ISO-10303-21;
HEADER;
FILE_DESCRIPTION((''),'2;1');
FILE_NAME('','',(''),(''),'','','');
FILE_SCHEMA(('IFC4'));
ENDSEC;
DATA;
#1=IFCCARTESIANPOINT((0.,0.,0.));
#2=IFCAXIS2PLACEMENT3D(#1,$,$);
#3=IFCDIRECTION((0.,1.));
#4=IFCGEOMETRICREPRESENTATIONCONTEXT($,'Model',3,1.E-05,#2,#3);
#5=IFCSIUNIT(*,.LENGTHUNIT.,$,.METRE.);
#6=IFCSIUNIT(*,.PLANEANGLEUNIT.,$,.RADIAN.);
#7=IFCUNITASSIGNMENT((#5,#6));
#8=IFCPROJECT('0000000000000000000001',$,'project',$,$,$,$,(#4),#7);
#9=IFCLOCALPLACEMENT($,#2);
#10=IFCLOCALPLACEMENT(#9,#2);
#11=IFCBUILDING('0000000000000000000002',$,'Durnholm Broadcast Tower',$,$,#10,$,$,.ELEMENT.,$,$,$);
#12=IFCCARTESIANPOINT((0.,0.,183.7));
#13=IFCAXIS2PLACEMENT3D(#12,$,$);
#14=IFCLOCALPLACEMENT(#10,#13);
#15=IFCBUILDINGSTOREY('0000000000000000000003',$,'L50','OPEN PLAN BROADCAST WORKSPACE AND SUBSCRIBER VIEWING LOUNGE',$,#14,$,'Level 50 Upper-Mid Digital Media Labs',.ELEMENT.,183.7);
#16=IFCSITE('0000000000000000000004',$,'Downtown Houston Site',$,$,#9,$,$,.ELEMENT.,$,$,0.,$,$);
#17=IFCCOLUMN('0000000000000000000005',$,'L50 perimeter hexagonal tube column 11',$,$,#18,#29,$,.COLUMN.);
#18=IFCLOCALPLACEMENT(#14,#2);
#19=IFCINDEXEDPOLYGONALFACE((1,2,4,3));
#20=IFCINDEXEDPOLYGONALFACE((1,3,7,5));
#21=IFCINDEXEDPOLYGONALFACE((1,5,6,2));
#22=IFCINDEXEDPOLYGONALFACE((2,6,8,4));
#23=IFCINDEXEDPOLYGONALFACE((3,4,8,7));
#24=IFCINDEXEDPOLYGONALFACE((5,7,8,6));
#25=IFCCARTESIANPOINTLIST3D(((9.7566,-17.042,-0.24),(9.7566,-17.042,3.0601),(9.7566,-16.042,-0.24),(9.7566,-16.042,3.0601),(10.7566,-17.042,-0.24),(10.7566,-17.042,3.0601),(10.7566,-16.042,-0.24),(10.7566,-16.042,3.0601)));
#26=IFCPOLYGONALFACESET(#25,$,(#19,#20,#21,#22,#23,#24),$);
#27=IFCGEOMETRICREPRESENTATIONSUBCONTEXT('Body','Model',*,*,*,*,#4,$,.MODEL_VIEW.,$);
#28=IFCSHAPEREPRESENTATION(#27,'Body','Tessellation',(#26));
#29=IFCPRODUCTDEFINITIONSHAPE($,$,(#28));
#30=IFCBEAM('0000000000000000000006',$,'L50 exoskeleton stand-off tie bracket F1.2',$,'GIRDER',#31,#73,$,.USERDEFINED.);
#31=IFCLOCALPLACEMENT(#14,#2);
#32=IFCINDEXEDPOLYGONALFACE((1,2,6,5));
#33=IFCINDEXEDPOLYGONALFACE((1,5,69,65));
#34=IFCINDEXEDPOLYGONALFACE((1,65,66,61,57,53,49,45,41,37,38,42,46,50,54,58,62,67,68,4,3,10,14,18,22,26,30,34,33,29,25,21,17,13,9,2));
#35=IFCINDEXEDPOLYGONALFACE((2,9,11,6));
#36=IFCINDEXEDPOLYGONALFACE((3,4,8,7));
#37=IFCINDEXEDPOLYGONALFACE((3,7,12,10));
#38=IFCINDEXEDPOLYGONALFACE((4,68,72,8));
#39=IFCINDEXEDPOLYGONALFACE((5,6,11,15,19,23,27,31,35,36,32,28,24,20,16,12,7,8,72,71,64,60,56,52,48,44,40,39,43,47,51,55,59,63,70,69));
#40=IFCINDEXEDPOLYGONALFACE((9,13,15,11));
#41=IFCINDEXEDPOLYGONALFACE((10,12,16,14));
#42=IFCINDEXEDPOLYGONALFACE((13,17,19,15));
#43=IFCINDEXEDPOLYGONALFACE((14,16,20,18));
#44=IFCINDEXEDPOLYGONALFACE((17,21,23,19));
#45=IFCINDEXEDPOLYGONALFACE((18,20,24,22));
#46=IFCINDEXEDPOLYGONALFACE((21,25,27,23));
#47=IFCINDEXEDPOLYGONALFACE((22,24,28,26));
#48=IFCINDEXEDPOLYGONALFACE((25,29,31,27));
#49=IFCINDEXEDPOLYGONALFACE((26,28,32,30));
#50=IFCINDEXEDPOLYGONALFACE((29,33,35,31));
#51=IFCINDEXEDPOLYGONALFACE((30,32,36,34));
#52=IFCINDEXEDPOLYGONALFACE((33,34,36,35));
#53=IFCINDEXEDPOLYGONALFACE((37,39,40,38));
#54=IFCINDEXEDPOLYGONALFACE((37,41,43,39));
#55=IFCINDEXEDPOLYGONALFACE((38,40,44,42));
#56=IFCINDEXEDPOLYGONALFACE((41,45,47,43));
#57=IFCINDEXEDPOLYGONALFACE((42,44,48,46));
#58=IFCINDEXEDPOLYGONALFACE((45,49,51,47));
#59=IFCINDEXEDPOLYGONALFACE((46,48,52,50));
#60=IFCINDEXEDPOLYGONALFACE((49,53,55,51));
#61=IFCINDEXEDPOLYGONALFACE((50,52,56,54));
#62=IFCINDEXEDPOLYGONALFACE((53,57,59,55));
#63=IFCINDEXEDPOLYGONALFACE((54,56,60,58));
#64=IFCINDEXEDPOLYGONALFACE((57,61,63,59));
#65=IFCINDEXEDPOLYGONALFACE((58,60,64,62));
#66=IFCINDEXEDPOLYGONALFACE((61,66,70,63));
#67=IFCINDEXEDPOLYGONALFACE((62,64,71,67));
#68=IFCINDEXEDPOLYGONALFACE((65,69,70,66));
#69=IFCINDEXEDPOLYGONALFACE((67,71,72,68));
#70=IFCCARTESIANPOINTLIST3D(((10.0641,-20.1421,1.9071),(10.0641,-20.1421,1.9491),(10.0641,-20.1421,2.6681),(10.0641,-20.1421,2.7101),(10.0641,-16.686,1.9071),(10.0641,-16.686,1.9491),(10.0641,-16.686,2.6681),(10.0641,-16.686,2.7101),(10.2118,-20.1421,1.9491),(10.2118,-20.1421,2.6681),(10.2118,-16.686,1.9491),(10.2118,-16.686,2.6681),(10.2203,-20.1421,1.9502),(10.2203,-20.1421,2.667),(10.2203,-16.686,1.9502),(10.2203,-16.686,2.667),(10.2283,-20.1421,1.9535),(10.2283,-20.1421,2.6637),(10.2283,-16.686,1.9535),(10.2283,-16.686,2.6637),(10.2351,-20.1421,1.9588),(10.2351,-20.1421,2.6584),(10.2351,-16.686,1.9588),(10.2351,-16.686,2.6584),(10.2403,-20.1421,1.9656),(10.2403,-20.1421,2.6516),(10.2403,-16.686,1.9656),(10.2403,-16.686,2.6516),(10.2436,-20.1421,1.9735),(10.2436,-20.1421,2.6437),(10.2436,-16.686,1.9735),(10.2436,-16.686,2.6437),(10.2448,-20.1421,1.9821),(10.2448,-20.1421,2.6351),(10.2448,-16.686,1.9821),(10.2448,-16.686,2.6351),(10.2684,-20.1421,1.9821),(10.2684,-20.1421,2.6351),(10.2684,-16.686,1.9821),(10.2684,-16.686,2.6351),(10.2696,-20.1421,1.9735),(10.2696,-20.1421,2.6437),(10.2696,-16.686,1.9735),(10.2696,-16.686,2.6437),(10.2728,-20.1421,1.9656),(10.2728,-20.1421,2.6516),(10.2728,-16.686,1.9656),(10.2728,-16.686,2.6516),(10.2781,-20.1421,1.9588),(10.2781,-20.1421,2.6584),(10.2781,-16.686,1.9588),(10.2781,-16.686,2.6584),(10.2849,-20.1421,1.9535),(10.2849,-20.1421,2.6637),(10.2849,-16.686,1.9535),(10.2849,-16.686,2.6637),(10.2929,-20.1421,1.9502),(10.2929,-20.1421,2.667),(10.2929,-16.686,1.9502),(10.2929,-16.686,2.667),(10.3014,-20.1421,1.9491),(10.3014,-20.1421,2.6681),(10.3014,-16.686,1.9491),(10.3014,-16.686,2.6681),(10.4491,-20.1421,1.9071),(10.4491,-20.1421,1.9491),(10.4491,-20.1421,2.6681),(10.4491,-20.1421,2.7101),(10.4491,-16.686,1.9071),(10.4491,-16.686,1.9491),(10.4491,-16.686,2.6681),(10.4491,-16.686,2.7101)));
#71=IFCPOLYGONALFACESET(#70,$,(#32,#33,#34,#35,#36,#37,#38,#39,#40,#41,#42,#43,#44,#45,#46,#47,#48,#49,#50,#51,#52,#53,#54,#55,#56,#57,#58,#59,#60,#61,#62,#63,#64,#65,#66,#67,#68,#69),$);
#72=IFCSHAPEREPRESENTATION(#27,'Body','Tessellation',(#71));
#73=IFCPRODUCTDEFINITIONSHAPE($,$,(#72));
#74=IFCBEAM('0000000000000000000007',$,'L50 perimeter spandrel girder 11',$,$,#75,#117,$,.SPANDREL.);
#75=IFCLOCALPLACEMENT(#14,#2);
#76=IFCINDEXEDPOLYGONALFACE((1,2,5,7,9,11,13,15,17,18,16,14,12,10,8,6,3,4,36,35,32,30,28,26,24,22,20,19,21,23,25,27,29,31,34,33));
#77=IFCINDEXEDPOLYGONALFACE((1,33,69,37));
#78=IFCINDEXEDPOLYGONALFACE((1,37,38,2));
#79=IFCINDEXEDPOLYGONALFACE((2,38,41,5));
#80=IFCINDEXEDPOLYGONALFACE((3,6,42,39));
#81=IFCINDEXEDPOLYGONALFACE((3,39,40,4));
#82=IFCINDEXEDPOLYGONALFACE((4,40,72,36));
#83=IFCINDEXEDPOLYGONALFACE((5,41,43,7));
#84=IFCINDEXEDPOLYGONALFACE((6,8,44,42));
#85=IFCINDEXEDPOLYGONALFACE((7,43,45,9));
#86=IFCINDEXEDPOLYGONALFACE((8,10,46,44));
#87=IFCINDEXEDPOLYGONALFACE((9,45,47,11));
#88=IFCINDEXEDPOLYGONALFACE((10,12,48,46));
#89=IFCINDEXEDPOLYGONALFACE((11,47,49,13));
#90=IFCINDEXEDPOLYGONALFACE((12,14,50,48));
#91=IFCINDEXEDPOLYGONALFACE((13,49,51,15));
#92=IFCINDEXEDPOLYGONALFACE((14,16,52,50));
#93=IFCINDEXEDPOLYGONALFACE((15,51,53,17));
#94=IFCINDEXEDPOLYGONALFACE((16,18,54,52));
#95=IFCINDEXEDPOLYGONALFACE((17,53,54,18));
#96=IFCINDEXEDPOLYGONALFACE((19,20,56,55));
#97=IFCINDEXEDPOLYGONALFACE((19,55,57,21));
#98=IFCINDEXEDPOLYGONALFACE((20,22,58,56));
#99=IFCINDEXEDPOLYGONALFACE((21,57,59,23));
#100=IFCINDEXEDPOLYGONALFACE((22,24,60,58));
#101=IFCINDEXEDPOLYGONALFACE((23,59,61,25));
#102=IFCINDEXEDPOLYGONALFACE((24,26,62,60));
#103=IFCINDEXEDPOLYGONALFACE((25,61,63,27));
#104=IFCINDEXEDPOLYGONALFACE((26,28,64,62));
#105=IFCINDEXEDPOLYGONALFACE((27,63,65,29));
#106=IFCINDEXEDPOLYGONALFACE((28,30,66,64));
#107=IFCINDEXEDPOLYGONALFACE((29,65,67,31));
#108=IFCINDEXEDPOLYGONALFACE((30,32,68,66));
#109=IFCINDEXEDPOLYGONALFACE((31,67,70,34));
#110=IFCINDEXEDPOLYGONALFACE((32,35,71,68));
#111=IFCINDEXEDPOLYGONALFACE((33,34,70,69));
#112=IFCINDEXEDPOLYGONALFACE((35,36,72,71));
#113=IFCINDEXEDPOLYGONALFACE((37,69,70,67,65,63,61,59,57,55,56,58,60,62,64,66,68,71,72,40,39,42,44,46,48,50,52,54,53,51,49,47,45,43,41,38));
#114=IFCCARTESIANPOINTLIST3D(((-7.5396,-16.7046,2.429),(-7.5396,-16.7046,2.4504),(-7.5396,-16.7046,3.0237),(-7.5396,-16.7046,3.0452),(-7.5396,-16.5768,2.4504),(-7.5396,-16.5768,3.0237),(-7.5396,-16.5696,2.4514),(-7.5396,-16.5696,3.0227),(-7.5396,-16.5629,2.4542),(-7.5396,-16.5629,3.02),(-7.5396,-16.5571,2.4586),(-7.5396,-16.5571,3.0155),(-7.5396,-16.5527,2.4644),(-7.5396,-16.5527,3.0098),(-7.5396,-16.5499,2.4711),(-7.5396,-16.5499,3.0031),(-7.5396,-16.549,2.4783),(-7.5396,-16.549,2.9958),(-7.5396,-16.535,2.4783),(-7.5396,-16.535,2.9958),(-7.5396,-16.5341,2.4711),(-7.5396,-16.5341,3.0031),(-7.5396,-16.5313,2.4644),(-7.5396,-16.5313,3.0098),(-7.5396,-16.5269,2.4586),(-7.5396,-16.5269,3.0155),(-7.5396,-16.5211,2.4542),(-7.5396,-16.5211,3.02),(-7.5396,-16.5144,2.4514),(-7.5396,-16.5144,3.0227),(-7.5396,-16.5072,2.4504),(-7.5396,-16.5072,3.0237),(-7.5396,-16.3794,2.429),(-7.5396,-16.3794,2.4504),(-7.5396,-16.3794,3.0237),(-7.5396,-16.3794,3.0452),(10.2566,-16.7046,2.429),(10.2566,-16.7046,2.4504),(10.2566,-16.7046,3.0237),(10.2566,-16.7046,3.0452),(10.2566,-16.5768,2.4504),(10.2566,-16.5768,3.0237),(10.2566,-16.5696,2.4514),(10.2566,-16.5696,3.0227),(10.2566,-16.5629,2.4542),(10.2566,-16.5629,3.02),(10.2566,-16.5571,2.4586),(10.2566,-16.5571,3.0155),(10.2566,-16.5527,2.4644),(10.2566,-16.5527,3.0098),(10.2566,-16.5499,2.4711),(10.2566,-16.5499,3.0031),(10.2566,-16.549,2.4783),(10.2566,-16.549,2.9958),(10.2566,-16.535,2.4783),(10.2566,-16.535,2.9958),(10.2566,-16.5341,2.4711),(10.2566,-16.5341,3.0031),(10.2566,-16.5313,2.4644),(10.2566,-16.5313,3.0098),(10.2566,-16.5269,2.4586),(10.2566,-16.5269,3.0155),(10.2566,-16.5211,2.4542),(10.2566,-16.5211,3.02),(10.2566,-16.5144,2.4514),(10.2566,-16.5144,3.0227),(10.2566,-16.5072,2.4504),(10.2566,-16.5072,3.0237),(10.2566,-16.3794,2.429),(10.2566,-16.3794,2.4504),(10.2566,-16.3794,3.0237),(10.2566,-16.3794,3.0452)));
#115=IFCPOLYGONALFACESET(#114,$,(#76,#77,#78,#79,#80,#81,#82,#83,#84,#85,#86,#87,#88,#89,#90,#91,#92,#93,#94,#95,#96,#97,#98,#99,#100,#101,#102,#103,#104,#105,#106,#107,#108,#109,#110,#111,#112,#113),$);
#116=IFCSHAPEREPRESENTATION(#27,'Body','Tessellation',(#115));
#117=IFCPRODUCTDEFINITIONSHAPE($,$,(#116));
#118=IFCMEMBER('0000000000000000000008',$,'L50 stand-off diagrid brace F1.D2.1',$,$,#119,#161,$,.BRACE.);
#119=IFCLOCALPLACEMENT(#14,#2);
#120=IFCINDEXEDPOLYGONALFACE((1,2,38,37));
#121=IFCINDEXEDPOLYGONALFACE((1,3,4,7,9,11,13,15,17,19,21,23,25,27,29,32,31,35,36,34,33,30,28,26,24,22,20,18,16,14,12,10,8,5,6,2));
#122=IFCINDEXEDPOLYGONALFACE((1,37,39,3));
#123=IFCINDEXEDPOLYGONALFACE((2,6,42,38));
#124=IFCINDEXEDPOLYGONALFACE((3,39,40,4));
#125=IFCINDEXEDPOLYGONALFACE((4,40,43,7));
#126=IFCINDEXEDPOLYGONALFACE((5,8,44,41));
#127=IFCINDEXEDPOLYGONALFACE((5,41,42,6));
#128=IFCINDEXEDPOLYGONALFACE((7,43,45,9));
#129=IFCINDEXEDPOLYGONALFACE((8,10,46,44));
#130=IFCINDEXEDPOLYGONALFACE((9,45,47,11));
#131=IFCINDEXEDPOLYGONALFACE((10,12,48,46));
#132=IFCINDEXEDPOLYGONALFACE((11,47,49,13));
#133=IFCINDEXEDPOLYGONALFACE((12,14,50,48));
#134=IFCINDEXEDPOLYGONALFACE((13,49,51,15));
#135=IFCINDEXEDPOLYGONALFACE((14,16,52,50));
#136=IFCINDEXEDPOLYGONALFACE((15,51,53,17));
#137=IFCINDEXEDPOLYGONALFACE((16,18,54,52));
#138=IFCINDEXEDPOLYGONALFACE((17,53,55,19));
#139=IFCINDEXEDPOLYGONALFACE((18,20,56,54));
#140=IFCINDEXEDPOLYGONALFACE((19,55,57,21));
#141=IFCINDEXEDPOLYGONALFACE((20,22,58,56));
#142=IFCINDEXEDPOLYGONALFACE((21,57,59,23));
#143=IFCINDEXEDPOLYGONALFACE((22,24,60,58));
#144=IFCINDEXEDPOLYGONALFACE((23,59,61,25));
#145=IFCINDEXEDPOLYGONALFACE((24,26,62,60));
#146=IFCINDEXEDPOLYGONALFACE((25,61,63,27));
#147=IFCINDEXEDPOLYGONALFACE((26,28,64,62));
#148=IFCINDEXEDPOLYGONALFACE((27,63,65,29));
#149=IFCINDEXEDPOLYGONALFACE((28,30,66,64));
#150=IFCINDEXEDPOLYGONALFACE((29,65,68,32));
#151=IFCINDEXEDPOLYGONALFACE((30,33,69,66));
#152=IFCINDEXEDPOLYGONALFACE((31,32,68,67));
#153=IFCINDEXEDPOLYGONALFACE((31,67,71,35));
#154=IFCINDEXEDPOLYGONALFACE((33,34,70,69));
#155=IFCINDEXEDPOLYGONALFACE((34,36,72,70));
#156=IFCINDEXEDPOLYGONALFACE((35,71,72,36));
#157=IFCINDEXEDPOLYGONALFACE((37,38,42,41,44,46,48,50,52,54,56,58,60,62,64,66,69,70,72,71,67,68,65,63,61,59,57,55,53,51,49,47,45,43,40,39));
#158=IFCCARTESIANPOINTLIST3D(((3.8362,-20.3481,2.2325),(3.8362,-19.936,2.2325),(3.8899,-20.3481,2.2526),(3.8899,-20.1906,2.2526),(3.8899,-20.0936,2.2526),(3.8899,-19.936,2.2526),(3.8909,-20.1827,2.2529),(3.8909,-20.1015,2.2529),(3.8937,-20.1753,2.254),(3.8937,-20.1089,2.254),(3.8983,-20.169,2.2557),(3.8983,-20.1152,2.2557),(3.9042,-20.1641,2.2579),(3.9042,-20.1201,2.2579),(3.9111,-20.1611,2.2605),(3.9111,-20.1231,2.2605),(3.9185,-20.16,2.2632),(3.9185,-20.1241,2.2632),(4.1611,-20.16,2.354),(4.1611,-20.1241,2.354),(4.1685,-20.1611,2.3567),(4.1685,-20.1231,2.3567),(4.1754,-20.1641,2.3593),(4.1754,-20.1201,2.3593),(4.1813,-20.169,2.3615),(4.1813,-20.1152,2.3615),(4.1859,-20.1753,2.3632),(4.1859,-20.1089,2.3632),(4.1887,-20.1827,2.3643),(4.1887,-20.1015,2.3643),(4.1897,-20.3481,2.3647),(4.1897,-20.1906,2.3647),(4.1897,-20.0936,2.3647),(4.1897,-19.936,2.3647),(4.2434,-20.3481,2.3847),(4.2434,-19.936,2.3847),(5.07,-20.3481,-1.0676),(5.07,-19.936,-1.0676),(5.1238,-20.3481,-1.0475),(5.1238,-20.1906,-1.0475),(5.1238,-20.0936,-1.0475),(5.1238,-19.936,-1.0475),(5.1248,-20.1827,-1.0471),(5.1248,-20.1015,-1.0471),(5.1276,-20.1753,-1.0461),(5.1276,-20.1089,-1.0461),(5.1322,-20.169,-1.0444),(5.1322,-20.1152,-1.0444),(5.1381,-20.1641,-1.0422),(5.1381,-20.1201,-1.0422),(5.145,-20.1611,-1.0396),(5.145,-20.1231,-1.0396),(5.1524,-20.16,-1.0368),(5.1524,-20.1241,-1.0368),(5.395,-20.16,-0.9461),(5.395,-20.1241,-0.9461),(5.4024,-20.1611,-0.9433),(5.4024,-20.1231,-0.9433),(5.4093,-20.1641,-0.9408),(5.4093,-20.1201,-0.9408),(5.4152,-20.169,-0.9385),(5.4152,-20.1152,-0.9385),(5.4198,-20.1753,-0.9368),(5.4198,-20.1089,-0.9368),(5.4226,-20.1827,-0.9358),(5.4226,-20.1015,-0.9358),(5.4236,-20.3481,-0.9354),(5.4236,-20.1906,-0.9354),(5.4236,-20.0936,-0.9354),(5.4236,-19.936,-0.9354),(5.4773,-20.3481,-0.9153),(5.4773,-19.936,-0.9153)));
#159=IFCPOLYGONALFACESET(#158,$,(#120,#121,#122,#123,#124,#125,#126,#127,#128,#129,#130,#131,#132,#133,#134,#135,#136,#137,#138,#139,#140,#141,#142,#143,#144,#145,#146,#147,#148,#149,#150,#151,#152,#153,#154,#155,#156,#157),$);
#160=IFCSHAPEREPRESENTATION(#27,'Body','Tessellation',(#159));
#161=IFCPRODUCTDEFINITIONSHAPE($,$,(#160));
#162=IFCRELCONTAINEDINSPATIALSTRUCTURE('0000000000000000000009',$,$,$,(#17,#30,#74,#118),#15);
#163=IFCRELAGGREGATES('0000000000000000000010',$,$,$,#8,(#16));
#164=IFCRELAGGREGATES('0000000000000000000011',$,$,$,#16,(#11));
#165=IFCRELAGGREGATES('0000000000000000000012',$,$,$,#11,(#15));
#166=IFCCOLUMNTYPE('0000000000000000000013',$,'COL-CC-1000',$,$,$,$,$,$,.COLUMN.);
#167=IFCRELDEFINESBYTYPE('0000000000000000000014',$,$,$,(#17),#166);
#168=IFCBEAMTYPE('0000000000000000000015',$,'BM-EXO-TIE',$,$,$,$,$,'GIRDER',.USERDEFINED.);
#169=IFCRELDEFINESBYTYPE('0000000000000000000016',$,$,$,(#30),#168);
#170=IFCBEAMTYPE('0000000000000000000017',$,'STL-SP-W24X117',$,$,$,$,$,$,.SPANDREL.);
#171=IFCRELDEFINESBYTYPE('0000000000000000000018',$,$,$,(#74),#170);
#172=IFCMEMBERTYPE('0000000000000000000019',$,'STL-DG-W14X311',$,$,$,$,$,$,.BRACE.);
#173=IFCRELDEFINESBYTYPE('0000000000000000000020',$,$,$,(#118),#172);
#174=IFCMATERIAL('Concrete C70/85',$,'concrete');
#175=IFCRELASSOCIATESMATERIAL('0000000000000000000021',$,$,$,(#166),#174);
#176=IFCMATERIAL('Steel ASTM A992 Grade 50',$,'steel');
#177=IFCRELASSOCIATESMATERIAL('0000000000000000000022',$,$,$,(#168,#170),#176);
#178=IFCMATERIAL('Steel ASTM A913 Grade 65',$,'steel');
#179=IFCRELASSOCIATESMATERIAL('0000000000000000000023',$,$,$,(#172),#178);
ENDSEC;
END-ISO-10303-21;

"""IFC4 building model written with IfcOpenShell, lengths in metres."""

from ifc_helpers import new_model, si_unit, direction, frame, origin, origin_2d, place, context, subcontext, project, spatial, rectangle, i_section, extrude, source, transform, mapped, material, material_profile, profile_set, type_object, type_shapes, element, save


model = new_model("IFC4")

# Units and contexts
model_context = context("Model", 3, precision=1e-05, world=origin(), true_north=direction((0.0, 1.0)))
body_context = subcontext(model_context, "Body", "Model", "MODEL_VIEW")
ifc_project = project(units=[si_unit("LENGTHUNIT", "METRE"), si_unit("PLANEANGLEUNIT", "RADIAN")], contexts=[model_context])

# Site, building, storey
site_placement = place(None, origin())
site = spatial("IfcSite", under=ifc_project, at=site_placement, Name="Downtown Houston Site", CompositionType="ELEMENT", RefElevation=0.0)
building_placement = place(site_placement, origin())
building = spatial("IfcBuilding", under=site, at=building_placement, Name="Durnholm Broadcast Tower", CompositionType="ELEMENT")
storey_placement = place(building_placement, frame((0.0, 0.0, 183.7)))
storey = spatial("IfcBuildingStorey", under=building, at=storey_placement, Name="L50", Description="OPEN PLAN BROADCAST WORKSPACE AND SUBSCRIBER VIEWING LOUNGE", LongName="Level 50 Upper-Mid Digital Media Labs", CompositionType="ELEMENT", Elevation=183.7)

# Column
ifc_material_1 = material(Name="Concrete C70/85", Category="concrete")
ifc_material_profile_1 = material_profile(ifc_material_1, rectangle(XDim=1.0, YDim=1.0, at=origin_2d()), Name="RC1000X1000")
ifc_profile_set_1 = profile_set([ifc_material_profile_1], Name="Concrete C70/85")
column_type = type_object("IfcColumnType", Name="COL-CC-1000", PredefinedType="COLUMN", material=ifc_profile_set_1)
shared_shape_1 = source(origin(), body_context, "Body", "SweptSolid", [
    extrude(rectangle(XDim=1.0, YDim=1.0, at=origin_2d()), origin(), (0.0, 0.0, 1.0), 3.3),
])
type_shapes(column_type, [shared_shape_1])
column_placement = place(storey_placement, frame((10.2566, -16.542, -0.24), z_axis=(0.0, 0.0, 1.0), x_axis=(1.0, 0.0, 0.0)))
element("IfcColumn", 1, at=column_placement, inside=storey, type_object=column_type, Name="L50 perimeter hexagonal tube column 11", PredefinedType="COLUMN", context=body_context, shape_type="MappedRepresentation", body=[
    mapped(shared_shape_1, transform((0.0, 0.0, 0.0), x_axis=(1.0, 0.0, 0.0), y_axis=(0.0, 1.0, 0.0), z_axis=(0.0, 0.0, 1.0), scale=1.0)),
])

# Beams
ifc_material_2 = material(Name="Steel ASTM A992 Grade 50", Category="steel")
ifc_material_profile_2 = material_profile(ifc_material_2, i_section(OverallWidth=0.385, OverallDepth=0.803, WebThickness=0.0237, FlangeThickness=0.042, FilletRadius=0.033, at=origin_2d()), Name="W30X261")
ifc_profile_set_2 = profile_set([ifc_material_profile_2], Name="Steel ASTM A992 Grade 50")
beam_type_1 = type_object("IfcBeamType", Name="BM-EXO-TIE", ElementType="GIRDER", PredefinedType="USERDEFINED", material=ifc_profile_set_2)
shared_shape_2 = source(origin(), body_context, "Body", "SweptSolid", [
    extrude(i_section(OverallWidth=0.385, OverallDepth=0.803, WebThickness=0.0237, FlangeThickness=0.042, FilletRadius=0.033, at=origin_2d()), origin(), (0.0, 0.0, 1.0), 3.4561),
])
type_shapes(beam_type_1, [shared_shape_2])
beam_1_placement = place(storey_placement, frame((10.2566, -16.686, 2.3086), z_axis=(0.0, -1.0, 0.0), x_axis=(1.0, 0.0, 0.0)))
element("IfcBeam", 2, at=beam_1_placement, inside=storey, type_object=beam_type_1, Name="L50 exoskeleton stand-off tie bracket F1.2", ObjectType="GIRDER", PredefinedType="USERDEFINED", context=body_context, shape_type="MappedRepresentation", body=[
    mapped(shared_shape_2, transform((0.0, 0.0, 0.0), x_axis=(1.0, 0.0, 0.0), y_axis=(0.0, 1.0, 0.0), z_axis=(0.0, 0.0, 1.0), scale=1.0)),
])
ifc_material_profile_3 = material_profile(ifc_material_2, i_section(OverallWidth=0.3252, OverallDepth=0.6162, WebThickness=0.0139, FlangeThickness=0.0215, FilletRadius=0.0278, at=origin_2d()), Name="W24X117")
ifc_profile_set_3 = profile_set([ifc_material_profile_3], Name="Steel ASTM A992 Grade 50")
beam_type_2 = type_object("IfcBeamType", Name="STL-SP-W24X117", PredefinedType="SPANDREL", material=ifc_profile_set_3)
shared_shape_3 = source(origin(), body_context, "Body", "SweptSolid", [
    extrude(i_section(OverallWidth=0.3252, OverallDepth=0.6162, WebThickness=0.0139, FlangeThickness=0.0215, FilletRadius=0.0278, at=origin_2d()), origin(), (0.0, 0.0, 1.0), 17.7961),
])
type_shapes(beam_type_2, [shared_shape_3])
beam_2_placement = place(storey_placement, frame((10.2566, -16.542, 2.7371), z_axis=(-1.0, 0.0, 0.0), x_axis=(0.0, -1.0, 0.0)))
element("IfcBeam", 3, at=beam_2_placement, inside=storey, type_object=beam_type_2, Name="L50 perimeter spandrel girder 11", PredefinedType="SPANDREL", context=body_context, shape_type="MappedRepresentation", body=[
    mapped(shared_shape_3, transform((0.0, 0.0, 0.0), x_axis=(1.0, 0.0, 0.0), y_axis=(0.0, 1.0, 0.0), z_axis=(0.0, 0.0, 1.0), scale=1.0)),
])

# Member
ifc_material_3 = material(Name="Steel ASTM A913 Grade 65", Category="steel")
ifc_material_profile_4 = material_profile(ifc_material_3, i_section(OverallWidth=0.4121, OverallDepth=0.4348, WebThickness=0.0359, FlangeThickness=0.0574, FilletRadius=0.0305, at=origin_2d()), Name="W14X311")
ifc_profile_set_4 = profile_set([ifc_material_profile_4], Name="Steel ASTM A913 Grade 65")
member_type_1 = type_object("IfcMemberType", Name="STL-DG-W14X311", PredefinedType="BRACE", material=ifc_profile_set_4)
shared_shape_4 = source(origin(), body_context, "Body", "SweptSolid", [
    extrude(i_section(OverallWidth=0.4121, OverallDepth=0.4348, WebThickness=0.0359, FlangeThickness=0.0574, FilletRadius=0.0305, at=origin_2d()), origin(), (0.0, 0.0, 1.0), 3.5232),
])
type_shapes(member_type_1, [shared_shape_4])
for number, where, z_axis, x_axis, name in (
    (4, (5.2737, -20.1421, -0.9915), (-0.35022, 0.0, 0.936668), (0.0, -1.0, 0.0), "L50 stand-off diagrid brace F1.D2.1"),
):
    element("IfcMember", number, at=place(storey_placement, frame(where, z_axis=z_axis, x_axis=x_axis)), inside=storey, type_object=member_type_1, Name=name, PredefinedType="BRACE", context=body_context, shape_type="MappedRepresentation", body=[
        mapped(shared_shape_4, transform((0.0, 0.0, 0.0), x_axis=(1.0, 0.0, 0.0), y_axis=(0.0, 1.0, 0.0), z_axis=(0.0, 0.0, 1.0), scale=1.0)),
    ])

save(model, "model.ifc")
